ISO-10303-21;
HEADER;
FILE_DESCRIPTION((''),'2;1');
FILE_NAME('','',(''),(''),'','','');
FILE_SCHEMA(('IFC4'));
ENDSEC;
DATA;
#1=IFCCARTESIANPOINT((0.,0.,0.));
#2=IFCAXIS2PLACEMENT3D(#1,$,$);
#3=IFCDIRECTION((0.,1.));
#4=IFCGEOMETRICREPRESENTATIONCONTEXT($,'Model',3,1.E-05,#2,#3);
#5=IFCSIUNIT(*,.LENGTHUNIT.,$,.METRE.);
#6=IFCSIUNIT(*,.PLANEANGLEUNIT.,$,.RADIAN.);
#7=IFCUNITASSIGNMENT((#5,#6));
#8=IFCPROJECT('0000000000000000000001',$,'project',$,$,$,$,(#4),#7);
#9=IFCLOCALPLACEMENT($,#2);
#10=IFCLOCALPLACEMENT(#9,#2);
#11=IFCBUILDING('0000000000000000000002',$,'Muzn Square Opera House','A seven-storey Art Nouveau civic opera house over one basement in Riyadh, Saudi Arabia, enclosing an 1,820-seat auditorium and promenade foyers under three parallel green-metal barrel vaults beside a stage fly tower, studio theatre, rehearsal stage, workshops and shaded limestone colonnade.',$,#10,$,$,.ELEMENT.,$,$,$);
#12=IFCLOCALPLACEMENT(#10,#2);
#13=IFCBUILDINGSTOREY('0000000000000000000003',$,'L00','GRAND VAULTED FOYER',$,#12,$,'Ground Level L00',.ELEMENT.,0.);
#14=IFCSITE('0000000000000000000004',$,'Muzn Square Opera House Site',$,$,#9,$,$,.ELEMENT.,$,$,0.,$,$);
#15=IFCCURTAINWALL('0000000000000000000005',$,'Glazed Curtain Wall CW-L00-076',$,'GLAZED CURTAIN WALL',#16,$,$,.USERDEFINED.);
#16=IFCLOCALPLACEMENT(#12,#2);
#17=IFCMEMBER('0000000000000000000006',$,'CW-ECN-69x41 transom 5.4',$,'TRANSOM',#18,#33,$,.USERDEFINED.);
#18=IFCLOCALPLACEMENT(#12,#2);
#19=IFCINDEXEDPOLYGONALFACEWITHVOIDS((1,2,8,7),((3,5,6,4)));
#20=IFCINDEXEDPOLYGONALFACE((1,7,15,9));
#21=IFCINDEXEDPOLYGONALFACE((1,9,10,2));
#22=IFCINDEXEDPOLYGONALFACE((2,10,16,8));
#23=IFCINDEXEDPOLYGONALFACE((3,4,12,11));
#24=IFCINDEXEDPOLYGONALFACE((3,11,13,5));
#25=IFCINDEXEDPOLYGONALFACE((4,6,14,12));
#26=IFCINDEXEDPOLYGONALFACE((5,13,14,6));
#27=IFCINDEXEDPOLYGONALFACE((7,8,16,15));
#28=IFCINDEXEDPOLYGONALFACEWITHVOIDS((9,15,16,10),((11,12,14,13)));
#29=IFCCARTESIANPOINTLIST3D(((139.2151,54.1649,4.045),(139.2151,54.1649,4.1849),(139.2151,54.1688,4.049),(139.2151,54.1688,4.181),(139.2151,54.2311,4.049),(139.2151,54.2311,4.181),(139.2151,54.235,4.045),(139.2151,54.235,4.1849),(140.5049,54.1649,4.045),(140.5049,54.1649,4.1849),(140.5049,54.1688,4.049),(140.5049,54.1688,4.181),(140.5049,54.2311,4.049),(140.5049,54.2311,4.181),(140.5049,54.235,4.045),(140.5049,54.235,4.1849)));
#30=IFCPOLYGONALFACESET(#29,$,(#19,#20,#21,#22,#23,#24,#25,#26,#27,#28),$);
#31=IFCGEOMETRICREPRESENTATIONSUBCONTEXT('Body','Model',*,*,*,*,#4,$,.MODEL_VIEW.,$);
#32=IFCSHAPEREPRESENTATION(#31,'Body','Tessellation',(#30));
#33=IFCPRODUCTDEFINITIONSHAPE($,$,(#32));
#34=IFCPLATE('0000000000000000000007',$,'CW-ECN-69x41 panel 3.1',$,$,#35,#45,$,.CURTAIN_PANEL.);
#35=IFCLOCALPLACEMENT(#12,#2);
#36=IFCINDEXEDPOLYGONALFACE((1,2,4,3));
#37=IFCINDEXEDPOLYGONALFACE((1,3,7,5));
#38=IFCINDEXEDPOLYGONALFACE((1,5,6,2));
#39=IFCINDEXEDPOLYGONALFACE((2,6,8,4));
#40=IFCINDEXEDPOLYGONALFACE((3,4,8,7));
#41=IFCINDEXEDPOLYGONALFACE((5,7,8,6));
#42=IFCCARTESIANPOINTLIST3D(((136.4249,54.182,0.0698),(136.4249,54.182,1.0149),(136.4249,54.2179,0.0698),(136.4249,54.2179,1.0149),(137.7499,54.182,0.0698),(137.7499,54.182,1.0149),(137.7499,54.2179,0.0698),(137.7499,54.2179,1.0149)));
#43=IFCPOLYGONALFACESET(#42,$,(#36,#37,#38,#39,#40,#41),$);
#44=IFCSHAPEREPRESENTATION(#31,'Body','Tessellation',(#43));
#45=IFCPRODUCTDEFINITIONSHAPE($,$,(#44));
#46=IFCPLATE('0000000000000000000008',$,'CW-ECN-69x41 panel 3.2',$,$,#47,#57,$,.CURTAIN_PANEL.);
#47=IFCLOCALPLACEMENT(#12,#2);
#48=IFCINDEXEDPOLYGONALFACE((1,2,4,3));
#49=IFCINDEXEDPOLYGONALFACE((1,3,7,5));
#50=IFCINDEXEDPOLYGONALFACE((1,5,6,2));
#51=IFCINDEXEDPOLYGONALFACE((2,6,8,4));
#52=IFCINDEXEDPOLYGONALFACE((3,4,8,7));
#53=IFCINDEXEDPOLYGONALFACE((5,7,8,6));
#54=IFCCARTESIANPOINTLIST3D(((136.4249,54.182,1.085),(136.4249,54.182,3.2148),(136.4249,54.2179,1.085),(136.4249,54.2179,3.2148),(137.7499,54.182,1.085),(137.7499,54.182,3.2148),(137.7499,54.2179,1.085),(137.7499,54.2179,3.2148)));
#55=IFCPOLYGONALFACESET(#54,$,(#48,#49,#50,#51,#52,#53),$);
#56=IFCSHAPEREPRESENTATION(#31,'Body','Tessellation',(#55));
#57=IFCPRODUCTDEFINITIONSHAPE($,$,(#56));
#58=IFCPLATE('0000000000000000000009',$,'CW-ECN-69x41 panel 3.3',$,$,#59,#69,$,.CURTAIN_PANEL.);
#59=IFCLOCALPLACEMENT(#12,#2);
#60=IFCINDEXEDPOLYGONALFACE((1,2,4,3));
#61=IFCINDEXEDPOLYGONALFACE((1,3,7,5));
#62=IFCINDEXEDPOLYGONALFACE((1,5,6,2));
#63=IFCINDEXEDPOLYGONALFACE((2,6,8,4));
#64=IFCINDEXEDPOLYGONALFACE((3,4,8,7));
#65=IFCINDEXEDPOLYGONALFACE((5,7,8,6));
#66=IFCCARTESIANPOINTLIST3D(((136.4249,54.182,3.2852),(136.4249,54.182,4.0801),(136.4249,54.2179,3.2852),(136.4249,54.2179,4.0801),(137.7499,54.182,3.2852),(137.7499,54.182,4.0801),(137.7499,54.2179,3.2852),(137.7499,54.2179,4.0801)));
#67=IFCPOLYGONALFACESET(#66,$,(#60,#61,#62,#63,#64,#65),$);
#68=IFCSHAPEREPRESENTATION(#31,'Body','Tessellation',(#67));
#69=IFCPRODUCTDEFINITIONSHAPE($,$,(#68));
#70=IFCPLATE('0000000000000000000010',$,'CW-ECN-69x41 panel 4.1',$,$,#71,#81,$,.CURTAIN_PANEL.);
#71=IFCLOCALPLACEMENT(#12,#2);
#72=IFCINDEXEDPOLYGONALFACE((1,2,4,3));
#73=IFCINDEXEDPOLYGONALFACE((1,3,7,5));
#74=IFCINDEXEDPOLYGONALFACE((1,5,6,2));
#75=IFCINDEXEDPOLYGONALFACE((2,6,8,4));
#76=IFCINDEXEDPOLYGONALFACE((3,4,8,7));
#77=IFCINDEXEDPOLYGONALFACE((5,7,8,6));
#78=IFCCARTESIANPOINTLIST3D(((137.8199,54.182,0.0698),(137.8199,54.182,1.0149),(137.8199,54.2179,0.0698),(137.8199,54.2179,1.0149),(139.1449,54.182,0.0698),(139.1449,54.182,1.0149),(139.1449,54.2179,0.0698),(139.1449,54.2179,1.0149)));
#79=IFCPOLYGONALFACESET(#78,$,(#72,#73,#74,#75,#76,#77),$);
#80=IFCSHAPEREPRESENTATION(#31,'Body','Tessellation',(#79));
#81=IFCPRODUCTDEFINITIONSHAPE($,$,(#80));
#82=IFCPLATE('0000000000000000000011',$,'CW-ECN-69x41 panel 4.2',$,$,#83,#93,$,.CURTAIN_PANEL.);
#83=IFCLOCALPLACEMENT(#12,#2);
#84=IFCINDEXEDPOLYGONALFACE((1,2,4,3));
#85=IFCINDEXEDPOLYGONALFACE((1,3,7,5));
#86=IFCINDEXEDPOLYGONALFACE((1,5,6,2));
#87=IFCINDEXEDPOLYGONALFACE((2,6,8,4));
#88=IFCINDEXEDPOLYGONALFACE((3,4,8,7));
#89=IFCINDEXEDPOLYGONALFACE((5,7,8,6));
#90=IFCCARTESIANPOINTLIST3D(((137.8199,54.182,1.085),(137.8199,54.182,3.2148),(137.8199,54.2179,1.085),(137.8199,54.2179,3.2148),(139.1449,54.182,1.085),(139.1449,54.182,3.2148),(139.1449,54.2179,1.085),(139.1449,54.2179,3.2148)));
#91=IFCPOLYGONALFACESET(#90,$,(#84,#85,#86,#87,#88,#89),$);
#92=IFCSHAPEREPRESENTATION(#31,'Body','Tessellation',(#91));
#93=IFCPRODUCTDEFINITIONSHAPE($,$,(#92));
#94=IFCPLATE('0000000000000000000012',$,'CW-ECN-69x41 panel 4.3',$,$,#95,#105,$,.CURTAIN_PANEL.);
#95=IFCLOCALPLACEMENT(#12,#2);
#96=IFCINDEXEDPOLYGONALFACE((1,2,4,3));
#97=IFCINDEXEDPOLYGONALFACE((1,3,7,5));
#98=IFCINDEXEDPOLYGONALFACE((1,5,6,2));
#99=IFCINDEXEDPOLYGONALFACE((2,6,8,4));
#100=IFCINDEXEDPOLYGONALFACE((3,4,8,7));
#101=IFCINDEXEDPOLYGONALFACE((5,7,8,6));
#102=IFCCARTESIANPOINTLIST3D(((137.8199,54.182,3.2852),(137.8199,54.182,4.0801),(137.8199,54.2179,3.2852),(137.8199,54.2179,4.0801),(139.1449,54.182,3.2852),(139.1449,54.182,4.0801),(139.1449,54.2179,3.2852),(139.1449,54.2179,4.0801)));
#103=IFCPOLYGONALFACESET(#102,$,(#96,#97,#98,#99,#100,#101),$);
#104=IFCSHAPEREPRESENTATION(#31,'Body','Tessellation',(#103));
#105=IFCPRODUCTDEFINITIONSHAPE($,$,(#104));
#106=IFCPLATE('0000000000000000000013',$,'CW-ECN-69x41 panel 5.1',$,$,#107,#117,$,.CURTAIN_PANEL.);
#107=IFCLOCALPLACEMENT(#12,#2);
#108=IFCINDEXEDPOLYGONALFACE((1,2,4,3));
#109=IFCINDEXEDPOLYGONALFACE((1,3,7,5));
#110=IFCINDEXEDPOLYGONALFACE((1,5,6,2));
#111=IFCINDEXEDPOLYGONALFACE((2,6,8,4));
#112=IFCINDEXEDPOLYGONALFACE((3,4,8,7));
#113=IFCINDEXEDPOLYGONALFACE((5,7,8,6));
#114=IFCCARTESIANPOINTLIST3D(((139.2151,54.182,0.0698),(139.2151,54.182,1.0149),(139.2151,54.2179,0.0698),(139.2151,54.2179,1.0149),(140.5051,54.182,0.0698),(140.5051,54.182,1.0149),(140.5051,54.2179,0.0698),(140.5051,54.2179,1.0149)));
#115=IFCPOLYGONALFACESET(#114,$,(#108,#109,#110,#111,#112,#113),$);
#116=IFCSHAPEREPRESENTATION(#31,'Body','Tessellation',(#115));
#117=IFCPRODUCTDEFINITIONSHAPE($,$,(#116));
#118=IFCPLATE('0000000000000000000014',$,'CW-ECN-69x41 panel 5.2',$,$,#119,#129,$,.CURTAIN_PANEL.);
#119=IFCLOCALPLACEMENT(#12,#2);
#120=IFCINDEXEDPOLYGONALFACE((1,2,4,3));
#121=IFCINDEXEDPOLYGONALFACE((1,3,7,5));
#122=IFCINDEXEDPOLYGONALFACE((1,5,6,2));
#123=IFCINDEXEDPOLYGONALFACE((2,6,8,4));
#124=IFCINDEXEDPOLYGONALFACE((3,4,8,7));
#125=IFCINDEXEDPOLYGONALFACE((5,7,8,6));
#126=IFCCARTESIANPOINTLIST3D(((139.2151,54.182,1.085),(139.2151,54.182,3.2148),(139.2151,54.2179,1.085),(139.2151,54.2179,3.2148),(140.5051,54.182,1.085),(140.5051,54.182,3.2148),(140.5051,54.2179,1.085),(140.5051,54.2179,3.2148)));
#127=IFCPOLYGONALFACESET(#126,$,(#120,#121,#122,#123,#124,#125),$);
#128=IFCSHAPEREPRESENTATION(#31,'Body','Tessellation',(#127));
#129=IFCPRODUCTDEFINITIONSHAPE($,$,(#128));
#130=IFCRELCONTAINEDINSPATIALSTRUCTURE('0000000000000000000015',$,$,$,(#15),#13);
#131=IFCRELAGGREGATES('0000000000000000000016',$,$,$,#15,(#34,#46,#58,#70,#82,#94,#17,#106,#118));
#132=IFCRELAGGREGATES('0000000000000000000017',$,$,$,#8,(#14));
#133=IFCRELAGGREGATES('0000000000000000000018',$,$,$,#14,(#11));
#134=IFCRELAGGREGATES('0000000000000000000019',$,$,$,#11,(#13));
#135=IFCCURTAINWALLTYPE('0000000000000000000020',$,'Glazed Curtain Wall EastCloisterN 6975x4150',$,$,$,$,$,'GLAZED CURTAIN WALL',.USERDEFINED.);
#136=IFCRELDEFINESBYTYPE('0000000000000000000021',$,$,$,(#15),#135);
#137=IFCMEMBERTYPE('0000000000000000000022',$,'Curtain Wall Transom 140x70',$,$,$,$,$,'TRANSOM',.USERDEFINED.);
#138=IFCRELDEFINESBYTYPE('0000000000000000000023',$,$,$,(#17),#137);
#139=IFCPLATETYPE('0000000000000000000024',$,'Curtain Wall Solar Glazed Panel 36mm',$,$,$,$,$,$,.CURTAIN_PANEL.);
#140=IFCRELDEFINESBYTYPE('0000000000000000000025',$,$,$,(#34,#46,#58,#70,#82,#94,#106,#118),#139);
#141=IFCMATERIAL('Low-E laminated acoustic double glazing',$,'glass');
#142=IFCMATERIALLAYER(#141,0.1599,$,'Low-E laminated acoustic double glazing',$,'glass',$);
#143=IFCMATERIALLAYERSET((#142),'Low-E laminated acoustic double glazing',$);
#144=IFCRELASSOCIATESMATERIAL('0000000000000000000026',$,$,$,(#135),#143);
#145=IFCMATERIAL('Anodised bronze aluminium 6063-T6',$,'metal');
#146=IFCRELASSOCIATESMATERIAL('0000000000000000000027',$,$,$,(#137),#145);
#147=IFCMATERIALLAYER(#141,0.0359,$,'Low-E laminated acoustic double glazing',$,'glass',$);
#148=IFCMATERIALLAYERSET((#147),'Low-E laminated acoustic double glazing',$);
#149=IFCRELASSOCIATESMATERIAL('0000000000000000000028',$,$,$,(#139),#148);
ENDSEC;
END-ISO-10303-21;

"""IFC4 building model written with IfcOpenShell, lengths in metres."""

from ifc_helpers import new_model, si_unit, direction, frame, origin, origin_2d, place, context, subcontext, project, spatial, rectangle, hollow_rectangle, extrude, material, layer, layer_set, material_profile, profile_set, type_object, element, aggregate, save


model = new_model("IFC4")

# Units and contexts
model_context = context("Model", 3, precision=1e-05, world=origin(), true_north=direction((0.0, 1.0)))
body_context = subcontext(model_context, "Body", "Model", "MODEL_VIEW")
ifc_project = project(units=[si_unit("LENGTHUNIT", "METRE"), si_unit("PLANEANGLEUNIT", "RADIAN")], contexts=[model_context])

# Site, building, storey
site_placement = place(None, origin())
site = spatial("IfcSite", under=ifc_project, at=site_placement, Name="Muzn Square Opera House Site", CompositionType="ELEMENT", RefElevation=0.0)
building_placement = place(site_placement, origin())
building = spatial("IfcBuilding", under=site, at=building_placement, Name="Muzn Square Opera House", Description="A seven-storey Art Nouveau civic opera house over one basement in Riyadh, Saudi Arabia, enclosing an 1,820-seat auditorium and promenade foyers under three parallel green-metal barrel vaults beside a stage fly tower, studio theatre, rehearsal stage, workshops and shaded limestone colonnade.", CompositionType="ELEMENT")
storey_placement = place(building_placement, origin())
storey = spatial("IfcBuildingStorey", under=building, at=storey_placement, Name="L00", Description="GRAND VAULTED FOYER", LongName="Ground Level L00", CompositionType="ELEMENT", Elevation=0.0)

# Curtain wall, member, plates
ifc_material_1 = material(Name="Low-E laminated acoustic double glazing", Category="glass")
ifc_layer_1 = layer(ifc_material_1, 0.1599, Name="Low-E laminated acoustic double glazing", Category="glass")
ifc_layer_set_1 = layer_set([ifc_layer_1], Name="Low-E laminated acoustic double glazing")
curtain_wall_type = type_object("IfcCurtainWallType", Name="Glazed Curtain Wall EastCloisterN 6975x4150", ElementType="GLAZED CURTAIN WALL", PredefinedType="USERDEFINED", material=ifc_layer_set_1)
curtain_wall_placement = place(storey_placement, origin())
curtain_wall = element("IfcCurtainWall", 1, at=curtain_wall_placement, inside=storey, type_object=curtain_wall_type, Name="Glazed Curtain Wall CW-L00-076", ObjectType="GLAZED CURTAIN WALL", PredefinedType="USERDEFINED")
ifc_material_2 = material(Name="Anodised bronze aluminium 6063-T6", Category="metal")
ifc_material_profile_1 = material_profile(ifc_material_2, hollow_rectangle(XDim=0.0701, YDim=0.1399, WallThickness=0.0039, at=origin_2d()), Name="ALU 140x70x4", Category="metal")
ifc_profile_set_1 = profile_set([ifc_material_profile_1], Name="Anodised bronze aluminium 6063-T6")
member_type_1 = type_object("IfcMemberType", Name="Curtain Wall Transom 140x70", ElementType="TRANSOM", PredefinedType="USERDEFINED", material=ifc_profile_set_1)
member_1_placement = place(storey_placement, frame((139.2151, 54.2, 4.115), z_axis=(1.0, 0.0, 0.0), x_axis=(0.0, 1.0, 0.0)))
member_1 = element("IfcMember", 2, at=member_1_placement, type_object=member_type_1, Name="CW-ECN-69x41 transom 5.4", ObjectType="TRANSOM", PredefinedType="USERDEFINED", context=body_context, shape_type="SweptSolid", body=[
    extrude(hollow_rectangle(XDim=0.0701, YDim=0.1399, WallThickness=0.0039, at=origin_2d()), origin(), (0.0, 0.0, 1.0), 1.2898),
])
ifc_layer_2 = layer(ifc_material_1, 0.0359, Name="Low-E laminated acoustic double glazing", Category="glass")
ifc_layer_set_2 = layer_set([ifc_layer_2], Name="Low-E laminated acoustic double glazing")
plate_type = type_object("IfcPlateType", Name="Curtain Wall Solar Glazed Panel 36mm", PredefinedType="CURTAIN_PANEL", material=ifc_layer_set_2)
plate_1_placement = place(storey_placement, frame((137.0874, 54.2, 0.0698), z_axis=(0.0, 0.0, 1.0), x_axis=(1.0, 0.0, 0.0)))
plate_1 = element("IfcPlate", 3, at=plate_1_placement, type_object=plate_type, Name="CW-ECN-69x41 panel 3.1", PredefinedType="CURTAIN_PANEL", context=body_context, shape_type="SweptSolid", body=[
    extrude(rectangle(XDim=1.325, YDim=0.0359, at=origin_2d()), origin(), (0.0, 0.0, 1.0), 0.9451),
])
plate_2_placement = place(storey_placement, frame((137.0874, 54.2, 1.085), z_axis=(0.0, 0.0, 1.0), x_axis=(1.0, 0.0, 0.0)))
plate_2 = element("IfcPlate", 4, at=plate_2_placement, type_object=plate_type, Name="CW-ECN-69x41 panel 3.2", PredefinedType="CURTAIN_PANEL", context=body_context, shape_type="SweptSolid", body=[
    extrude(rectangle(XDim=1.325, YDim=0.0359, at=origin_2d()), origin(), (0.0, 0.0, 1.0), 2.1299),
])
plate_3_placement = place(storey_placement, frame((137.0874, 54.2, 3.2852), z_axis=(0.0, 0.0, 1.0), x_axis=(1.0, 0.0, 0.0)))
plate_3 = element("IfcPlate", 5, at=plate_3_placement, type_object=plate_type, Name="CW-ECN-69x41 panel 3.3", PredefinedType="CURTAIN_PANEL", context=body_context, shape_type="SweptSolid", body=[
    extrude(rectangle(XDim=1.325, YDim=0.0359, at=origin_2d()), origin(), (0.0, 0.0, 1.0), 0.7949),
])
plate_4_placement = place(storey_placement, frame((138.4824, 54.2, 0.0698), z_axis=(0.0, 0.0, 1.0), x_axis=(1.0, 0.0, 0.0)))
plate_4 = element("IfcPlate", 6, at=plate_4_placement, type_object=plate_type, Name="CW-ECN-69x41 panel 4.1", PredefinedType="CURTAIN_PANEL", context=body_context, shape_type="SweptSolid", body=[
    extrude(rectangle(XDim=1.325, YDim=0.0359, at=origin_2d()), origin(), (0.0, 0.0, 1.0), 0.9451),
])
plate_5_placement = place(storey_placement, frame((138.4824, 54.2, 1.085), z_axis=(0.0, 0.0, 1.0), x_axis=(1.0, 0.0, 0.0)))
plate_5 = element("IfcPlate", 7, at=plate_5_placement, type_object=plate_type, Name="CW-ECN-69x41 panel 4.2", PredefinedType="CURTAIN_PANEL", context=body_context, shape_type="SweptSolid", body=[
    extrude(rectangle(XDim=1.325, YDim=0.0359, at=origin_2d()), origin(), (0.0, 0.0, 1.0), 2.1299),
])
plate_6_placement = place(storey_placement, frame((138.4824, 54.2, 3.2852), z_axis=(0.0, 0.0, 1.0), x_axis=(1.0, 0.0, 0.0)))
plate_6 = element("IfcPlate", 8, at=plate_6_placement, type_object=plate_type, Name="CW-ECN-69x41 panel 4.3", PredefinedType="CURTAIN_PANEL", context=body_context, shape_type="SweptSolid", body=[
    extrude(rectangle(XDim=1.325, YDim=0.0359, at=origin_2d()), origin(), (0.0, 0.0, 1.0), 0.7949),
])
plate_7_placement = place(storey_placement, frame((139.8601, 54.2, 0.0698), z_axis=(0.0, 0.0, 1.0), x_axis=(1.0, 0.0, 0.0)))
plate_7 = element("IfcPlate", 9, at=plate_7_placement, type_object=plate_type, Name="CW-ECN-69x41 panel 5.1", PredefinedType="CURTAIN_PANEL", context=body_context, shape_type="SweptSolid", body=[
    extrude(rectangle(XDim=1.29, YDim=0.0359, at=origin_2d()), origin(), (0.0, 0.0, 1.0), 0.9451),
])
plate_8_placement = place(storey_placement, frame((139.8601, 54.2, 1.085), z_axis=(0.0, 0.0, 1.0), x_axis=(1.0, 0.0, 0.0)))
plate_8 = element("IfcPlate", 10, at=plate_8_placement, type_object=plate_type, Name="CW-ECN-69x41 panel 5.2", PredefinedType="CURTAIN_PANEL", context=body_context, shape_type="SweptSolid", body=[
    extrude(rectangle(XDim=1.29, YDim=0.0359, at=origin_2d()), origin(), (0.0, 0.0, 1.0), 2.1299),
])
aggregate(curtain_wall, [plate_1, plate_2, plate_3, plate_4, plate_5, plate_6, member_1, plate_7, plate_8])

save(model, "model.ifc")
